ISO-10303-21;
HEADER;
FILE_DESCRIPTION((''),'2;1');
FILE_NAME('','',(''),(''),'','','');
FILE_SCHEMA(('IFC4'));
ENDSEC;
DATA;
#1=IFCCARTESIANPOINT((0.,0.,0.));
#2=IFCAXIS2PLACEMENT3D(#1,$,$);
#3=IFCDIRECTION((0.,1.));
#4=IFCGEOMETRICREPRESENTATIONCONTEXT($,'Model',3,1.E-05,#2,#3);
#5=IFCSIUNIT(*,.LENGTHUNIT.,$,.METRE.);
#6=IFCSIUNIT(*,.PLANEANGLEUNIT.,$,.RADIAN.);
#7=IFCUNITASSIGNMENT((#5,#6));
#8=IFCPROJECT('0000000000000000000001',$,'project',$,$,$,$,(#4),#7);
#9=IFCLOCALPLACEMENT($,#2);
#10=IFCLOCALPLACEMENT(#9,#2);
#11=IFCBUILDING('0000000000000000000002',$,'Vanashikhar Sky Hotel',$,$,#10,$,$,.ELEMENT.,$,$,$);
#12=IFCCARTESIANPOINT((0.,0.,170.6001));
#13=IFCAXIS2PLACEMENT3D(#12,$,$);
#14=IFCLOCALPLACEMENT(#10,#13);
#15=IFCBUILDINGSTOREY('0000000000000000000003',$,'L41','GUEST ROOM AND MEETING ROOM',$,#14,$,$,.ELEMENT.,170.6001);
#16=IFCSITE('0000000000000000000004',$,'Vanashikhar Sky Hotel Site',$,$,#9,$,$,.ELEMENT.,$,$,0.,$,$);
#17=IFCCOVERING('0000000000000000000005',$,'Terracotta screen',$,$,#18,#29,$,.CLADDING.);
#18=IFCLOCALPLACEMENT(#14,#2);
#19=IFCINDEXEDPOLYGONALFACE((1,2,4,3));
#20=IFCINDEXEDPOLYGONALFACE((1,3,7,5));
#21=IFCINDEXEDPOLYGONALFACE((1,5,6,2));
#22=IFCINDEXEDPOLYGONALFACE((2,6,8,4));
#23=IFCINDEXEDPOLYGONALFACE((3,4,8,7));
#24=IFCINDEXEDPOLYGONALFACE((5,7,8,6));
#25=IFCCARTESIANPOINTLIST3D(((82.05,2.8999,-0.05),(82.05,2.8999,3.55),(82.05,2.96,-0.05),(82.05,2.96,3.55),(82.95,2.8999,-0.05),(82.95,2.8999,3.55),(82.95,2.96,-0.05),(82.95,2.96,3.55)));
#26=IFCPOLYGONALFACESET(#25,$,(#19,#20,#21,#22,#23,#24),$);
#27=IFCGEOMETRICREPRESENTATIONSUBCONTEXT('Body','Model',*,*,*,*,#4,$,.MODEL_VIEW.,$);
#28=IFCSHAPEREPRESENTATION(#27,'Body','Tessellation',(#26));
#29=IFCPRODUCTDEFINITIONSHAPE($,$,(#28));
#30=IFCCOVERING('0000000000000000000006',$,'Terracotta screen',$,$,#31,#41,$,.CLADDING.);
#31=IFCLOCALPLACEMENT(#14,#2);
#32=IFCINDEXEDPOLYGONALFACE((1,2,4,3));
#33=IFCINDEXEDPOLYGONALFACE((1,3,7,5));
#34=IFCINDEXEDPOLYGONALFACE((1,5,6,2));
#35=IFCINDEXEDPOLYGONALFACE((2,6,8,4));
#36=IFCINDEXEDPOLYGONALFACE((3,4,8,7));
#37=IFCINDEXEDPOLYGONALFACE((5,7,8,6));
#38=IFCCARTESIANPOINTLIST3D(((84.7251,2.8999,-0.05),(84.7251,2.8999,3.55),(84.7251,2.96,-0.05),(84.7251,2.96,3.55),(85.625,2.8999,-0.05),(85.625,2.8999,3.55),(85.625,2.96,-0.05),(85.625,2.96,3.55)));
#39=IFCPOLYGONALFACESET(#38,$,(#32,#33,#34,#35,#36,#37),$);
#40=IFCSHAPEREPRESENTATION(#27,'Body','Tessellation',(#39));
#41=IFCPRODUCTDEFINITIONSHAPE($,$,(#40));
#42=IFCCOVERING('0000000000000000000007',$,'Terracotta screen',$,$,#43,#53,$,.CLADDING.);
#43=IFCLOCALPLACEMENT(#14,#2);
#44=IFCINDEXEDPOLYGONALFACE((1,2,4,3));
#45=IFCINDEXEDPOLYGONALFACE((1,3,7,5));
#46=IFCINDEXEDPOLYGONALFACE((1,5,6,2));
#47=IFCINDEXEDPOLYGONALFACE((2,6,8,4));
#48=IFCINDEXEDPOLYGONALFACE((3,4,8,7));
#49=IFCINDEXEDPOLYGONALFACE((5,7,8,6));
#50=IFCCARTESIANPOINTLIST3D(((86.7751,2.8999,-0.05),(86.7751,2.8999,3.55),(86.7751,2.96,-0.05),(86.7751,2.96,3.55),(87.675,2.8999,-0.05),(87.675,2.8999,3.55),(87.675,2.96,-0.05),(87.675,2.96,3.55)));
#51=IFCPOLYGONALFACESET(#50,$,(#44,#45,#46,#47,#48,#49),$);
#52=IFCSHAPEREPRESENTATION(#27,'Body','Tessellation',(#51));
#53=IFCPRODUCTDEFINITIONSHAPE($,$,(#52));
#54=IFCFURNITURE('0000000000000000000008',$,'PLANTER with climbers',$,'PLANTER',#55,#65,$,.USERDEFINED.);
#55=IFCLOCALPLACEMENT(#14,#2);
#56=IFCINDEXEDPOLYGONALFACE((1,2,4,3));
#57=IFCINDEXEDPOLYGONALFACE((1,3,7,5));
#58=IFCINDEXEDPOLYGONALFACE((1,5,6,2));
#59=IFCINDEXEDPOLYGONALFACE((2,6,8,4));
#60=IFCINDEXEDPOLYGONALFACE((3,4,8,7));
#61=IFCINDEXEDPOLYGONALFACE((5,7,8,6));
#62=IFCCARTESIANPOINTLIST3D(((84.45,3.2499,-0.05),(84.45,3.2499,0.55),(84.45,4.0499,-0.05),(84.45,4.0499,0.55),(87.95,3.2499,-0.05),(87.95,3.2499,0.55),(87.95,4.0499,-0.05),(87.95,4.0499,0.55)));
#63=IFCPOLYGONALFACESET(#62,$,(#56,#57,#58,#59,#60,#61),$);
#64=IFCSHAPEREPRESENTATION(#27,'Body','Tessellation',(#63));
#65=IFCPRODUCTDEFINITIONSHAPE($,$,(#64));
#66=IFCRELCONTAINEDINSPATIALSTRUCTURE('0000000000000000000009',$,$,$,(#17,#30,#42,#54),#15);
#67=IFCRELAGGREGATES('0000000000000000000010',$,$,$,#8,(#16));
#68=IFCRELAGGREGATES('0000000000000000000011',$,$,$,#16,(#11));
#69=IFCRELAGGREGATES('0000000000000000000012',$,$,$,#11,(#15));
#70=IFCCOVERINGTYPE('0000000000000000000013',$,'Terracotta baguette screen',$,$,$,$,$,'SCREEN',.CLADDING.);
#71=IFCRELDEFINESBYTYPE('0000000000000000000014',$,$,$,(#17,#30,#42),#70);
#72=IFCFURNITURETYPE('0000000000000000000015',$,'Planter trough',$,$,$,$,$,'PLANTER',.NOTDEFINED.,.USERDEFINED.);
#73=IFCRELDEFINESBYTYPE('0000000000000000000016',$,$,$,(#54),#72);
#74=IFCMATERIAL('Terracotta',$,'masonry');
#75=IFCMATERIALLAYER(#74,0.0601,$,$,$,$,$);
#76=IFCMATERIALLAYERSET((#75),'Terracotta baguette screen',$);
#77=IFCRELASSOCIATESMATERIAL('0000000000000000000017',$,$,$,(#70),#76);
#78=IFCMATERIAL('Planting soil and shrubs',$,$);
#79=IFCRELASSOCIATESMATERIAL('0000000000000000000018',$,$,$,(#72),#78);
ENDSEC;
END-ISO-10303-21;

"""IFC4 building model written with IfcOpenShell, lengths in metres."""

from ifc_helpers import new_model, si_unit, direction, frame, origin, origin_2d, place, context, subcontext, project, spatial, rectangle, extrude, source, transform, mapped, material, layer, layer_set, type_object, element, save


model = new_model("IFC4")

# Units and contexts
model_context = context("Model", 3, precision=1e-05, world=origin(), true_north=direction((0.0, 1.0)))
body_context = subcontext(model_context, "Body", "Model", "MODEL_VIEW")
ifc_project = project(units=[si_unit("LENGTHUNIT", "METRE"), si_unit("PLANEANGLEUNIT", "RADIAN")], contexts=[model_context])

# Site, building, storey
site_placement = place(None, origin())
site = spatial("IfcSite", under=ifc_project, at=site_placement, Name="Vanashikhar Sky Hotel Site", CompositionType="ELEMENT", RefElevation=0.0)
building_placement = place(site_placement, origin())
building = spatial("IfcBuilding", under=site, at=building_placement, Name="Vanashikhar Sky Hotel", CompositionType="ELEMENT")
storey_placement = place(building_placement, frame((0.0, 0.0, 170.6001)))
storey = spatial("IfcBuildingStorey", under=building, at=storey_placement, Name="L41", Description="GUEST ROOM AND MEETING ROOM", CompositionType="ELEMENT", Elevation=170.6001)

# Coverings
ifc_material_1 = material(Name="Terracotta", Category="masonry")
ifc_layer_1 = layer(ifc_material_1, 0.0601)
ifc_layer_set_1 = layer_set([ifc_layer_1], Name="Terracotta baguette screen")
covering_type = type_object("IfcCoveringType", Name="Terracotta baguette screen", ElementType="SCREEN", PredefinedType="CLADDING", material=ifc_layer_set_1)
shared_shape_1 = source(origin(), body_context, "Body", "SweptSolid", [
    extrude(rectangle(XDim=0.8999, YDim=0.0601, at=origin_2d()), origin(), (0.0, 0.0, 1.0), 3.6001),
])
for number, where, z_axis, x_axis, name in (
    (1, (82.5, 2.9299, -0.05), (0.0, 0.0, 1.0), (1.0, 0.0, 0.0), "Terracotta screen"),
    (2, (85.175, 2.9299, -0.05), (0.0, 0.0, 1.0), (1.0, 0.0, 0.0), "Terracotta screen"),
    (3, (87.2251, 2.9299, -0.05), (0.0, 0.0, 1.0), (1.0, 0.0, 0.0), "Terracotta screen"),
):
    element("IfcCovering", number, at=place(storey_placement, frame(where, z_axis=z_axis, x_axis=x_axis)), inside=storey, type_object=covering_type, Name=name, PredefinedType="CLADDING", context=body_context, shape_type="MappedRepresentation", body=[
        mapped(shared_shape_1, transform((0.0, 0.0, 0.0), scale=1.0)),
    ])

# Furniture
ifc_material_2 = material(Name="Planting soil and shrubs")
furniture_type = type_object("IfcFurnitureType", Name="Planter trough", ElementType="PLANTER", AssemblyPlace="NOTDEFINED", PredefinedType="USERDEFINED", material=ifc_material_2)
shared_shape_2 = source(origin(), body_context, "Body", "SweptSolid", [
    extrude(rectangle(XDim=3.5, YDim=0.8, at=origin_2d()), origin(), (0.0, 0.0, 1.0), 0.6001),
])
furniture_placement = place(storey_placement, frame((86.2, 3.6499, -0.05), z_axis=(0.0, 0.0, 1.0), x_axis=(1.0, 0.0, 0.0)))
element("IfcFurniture", 4, at=furniture_placement, inside=storey, type_object=furniture_type, Name="PLANTER with climbers", ObjectType="PLANTER", PredefinedType="USERDEFINED", context=body_context, shape_type="MappedRepresentation", body=[
    mapped(shared_shape_2, transform((0.0, 0.0, 0.0), scale=1.0)),
])

save(model, "model.ifc")
